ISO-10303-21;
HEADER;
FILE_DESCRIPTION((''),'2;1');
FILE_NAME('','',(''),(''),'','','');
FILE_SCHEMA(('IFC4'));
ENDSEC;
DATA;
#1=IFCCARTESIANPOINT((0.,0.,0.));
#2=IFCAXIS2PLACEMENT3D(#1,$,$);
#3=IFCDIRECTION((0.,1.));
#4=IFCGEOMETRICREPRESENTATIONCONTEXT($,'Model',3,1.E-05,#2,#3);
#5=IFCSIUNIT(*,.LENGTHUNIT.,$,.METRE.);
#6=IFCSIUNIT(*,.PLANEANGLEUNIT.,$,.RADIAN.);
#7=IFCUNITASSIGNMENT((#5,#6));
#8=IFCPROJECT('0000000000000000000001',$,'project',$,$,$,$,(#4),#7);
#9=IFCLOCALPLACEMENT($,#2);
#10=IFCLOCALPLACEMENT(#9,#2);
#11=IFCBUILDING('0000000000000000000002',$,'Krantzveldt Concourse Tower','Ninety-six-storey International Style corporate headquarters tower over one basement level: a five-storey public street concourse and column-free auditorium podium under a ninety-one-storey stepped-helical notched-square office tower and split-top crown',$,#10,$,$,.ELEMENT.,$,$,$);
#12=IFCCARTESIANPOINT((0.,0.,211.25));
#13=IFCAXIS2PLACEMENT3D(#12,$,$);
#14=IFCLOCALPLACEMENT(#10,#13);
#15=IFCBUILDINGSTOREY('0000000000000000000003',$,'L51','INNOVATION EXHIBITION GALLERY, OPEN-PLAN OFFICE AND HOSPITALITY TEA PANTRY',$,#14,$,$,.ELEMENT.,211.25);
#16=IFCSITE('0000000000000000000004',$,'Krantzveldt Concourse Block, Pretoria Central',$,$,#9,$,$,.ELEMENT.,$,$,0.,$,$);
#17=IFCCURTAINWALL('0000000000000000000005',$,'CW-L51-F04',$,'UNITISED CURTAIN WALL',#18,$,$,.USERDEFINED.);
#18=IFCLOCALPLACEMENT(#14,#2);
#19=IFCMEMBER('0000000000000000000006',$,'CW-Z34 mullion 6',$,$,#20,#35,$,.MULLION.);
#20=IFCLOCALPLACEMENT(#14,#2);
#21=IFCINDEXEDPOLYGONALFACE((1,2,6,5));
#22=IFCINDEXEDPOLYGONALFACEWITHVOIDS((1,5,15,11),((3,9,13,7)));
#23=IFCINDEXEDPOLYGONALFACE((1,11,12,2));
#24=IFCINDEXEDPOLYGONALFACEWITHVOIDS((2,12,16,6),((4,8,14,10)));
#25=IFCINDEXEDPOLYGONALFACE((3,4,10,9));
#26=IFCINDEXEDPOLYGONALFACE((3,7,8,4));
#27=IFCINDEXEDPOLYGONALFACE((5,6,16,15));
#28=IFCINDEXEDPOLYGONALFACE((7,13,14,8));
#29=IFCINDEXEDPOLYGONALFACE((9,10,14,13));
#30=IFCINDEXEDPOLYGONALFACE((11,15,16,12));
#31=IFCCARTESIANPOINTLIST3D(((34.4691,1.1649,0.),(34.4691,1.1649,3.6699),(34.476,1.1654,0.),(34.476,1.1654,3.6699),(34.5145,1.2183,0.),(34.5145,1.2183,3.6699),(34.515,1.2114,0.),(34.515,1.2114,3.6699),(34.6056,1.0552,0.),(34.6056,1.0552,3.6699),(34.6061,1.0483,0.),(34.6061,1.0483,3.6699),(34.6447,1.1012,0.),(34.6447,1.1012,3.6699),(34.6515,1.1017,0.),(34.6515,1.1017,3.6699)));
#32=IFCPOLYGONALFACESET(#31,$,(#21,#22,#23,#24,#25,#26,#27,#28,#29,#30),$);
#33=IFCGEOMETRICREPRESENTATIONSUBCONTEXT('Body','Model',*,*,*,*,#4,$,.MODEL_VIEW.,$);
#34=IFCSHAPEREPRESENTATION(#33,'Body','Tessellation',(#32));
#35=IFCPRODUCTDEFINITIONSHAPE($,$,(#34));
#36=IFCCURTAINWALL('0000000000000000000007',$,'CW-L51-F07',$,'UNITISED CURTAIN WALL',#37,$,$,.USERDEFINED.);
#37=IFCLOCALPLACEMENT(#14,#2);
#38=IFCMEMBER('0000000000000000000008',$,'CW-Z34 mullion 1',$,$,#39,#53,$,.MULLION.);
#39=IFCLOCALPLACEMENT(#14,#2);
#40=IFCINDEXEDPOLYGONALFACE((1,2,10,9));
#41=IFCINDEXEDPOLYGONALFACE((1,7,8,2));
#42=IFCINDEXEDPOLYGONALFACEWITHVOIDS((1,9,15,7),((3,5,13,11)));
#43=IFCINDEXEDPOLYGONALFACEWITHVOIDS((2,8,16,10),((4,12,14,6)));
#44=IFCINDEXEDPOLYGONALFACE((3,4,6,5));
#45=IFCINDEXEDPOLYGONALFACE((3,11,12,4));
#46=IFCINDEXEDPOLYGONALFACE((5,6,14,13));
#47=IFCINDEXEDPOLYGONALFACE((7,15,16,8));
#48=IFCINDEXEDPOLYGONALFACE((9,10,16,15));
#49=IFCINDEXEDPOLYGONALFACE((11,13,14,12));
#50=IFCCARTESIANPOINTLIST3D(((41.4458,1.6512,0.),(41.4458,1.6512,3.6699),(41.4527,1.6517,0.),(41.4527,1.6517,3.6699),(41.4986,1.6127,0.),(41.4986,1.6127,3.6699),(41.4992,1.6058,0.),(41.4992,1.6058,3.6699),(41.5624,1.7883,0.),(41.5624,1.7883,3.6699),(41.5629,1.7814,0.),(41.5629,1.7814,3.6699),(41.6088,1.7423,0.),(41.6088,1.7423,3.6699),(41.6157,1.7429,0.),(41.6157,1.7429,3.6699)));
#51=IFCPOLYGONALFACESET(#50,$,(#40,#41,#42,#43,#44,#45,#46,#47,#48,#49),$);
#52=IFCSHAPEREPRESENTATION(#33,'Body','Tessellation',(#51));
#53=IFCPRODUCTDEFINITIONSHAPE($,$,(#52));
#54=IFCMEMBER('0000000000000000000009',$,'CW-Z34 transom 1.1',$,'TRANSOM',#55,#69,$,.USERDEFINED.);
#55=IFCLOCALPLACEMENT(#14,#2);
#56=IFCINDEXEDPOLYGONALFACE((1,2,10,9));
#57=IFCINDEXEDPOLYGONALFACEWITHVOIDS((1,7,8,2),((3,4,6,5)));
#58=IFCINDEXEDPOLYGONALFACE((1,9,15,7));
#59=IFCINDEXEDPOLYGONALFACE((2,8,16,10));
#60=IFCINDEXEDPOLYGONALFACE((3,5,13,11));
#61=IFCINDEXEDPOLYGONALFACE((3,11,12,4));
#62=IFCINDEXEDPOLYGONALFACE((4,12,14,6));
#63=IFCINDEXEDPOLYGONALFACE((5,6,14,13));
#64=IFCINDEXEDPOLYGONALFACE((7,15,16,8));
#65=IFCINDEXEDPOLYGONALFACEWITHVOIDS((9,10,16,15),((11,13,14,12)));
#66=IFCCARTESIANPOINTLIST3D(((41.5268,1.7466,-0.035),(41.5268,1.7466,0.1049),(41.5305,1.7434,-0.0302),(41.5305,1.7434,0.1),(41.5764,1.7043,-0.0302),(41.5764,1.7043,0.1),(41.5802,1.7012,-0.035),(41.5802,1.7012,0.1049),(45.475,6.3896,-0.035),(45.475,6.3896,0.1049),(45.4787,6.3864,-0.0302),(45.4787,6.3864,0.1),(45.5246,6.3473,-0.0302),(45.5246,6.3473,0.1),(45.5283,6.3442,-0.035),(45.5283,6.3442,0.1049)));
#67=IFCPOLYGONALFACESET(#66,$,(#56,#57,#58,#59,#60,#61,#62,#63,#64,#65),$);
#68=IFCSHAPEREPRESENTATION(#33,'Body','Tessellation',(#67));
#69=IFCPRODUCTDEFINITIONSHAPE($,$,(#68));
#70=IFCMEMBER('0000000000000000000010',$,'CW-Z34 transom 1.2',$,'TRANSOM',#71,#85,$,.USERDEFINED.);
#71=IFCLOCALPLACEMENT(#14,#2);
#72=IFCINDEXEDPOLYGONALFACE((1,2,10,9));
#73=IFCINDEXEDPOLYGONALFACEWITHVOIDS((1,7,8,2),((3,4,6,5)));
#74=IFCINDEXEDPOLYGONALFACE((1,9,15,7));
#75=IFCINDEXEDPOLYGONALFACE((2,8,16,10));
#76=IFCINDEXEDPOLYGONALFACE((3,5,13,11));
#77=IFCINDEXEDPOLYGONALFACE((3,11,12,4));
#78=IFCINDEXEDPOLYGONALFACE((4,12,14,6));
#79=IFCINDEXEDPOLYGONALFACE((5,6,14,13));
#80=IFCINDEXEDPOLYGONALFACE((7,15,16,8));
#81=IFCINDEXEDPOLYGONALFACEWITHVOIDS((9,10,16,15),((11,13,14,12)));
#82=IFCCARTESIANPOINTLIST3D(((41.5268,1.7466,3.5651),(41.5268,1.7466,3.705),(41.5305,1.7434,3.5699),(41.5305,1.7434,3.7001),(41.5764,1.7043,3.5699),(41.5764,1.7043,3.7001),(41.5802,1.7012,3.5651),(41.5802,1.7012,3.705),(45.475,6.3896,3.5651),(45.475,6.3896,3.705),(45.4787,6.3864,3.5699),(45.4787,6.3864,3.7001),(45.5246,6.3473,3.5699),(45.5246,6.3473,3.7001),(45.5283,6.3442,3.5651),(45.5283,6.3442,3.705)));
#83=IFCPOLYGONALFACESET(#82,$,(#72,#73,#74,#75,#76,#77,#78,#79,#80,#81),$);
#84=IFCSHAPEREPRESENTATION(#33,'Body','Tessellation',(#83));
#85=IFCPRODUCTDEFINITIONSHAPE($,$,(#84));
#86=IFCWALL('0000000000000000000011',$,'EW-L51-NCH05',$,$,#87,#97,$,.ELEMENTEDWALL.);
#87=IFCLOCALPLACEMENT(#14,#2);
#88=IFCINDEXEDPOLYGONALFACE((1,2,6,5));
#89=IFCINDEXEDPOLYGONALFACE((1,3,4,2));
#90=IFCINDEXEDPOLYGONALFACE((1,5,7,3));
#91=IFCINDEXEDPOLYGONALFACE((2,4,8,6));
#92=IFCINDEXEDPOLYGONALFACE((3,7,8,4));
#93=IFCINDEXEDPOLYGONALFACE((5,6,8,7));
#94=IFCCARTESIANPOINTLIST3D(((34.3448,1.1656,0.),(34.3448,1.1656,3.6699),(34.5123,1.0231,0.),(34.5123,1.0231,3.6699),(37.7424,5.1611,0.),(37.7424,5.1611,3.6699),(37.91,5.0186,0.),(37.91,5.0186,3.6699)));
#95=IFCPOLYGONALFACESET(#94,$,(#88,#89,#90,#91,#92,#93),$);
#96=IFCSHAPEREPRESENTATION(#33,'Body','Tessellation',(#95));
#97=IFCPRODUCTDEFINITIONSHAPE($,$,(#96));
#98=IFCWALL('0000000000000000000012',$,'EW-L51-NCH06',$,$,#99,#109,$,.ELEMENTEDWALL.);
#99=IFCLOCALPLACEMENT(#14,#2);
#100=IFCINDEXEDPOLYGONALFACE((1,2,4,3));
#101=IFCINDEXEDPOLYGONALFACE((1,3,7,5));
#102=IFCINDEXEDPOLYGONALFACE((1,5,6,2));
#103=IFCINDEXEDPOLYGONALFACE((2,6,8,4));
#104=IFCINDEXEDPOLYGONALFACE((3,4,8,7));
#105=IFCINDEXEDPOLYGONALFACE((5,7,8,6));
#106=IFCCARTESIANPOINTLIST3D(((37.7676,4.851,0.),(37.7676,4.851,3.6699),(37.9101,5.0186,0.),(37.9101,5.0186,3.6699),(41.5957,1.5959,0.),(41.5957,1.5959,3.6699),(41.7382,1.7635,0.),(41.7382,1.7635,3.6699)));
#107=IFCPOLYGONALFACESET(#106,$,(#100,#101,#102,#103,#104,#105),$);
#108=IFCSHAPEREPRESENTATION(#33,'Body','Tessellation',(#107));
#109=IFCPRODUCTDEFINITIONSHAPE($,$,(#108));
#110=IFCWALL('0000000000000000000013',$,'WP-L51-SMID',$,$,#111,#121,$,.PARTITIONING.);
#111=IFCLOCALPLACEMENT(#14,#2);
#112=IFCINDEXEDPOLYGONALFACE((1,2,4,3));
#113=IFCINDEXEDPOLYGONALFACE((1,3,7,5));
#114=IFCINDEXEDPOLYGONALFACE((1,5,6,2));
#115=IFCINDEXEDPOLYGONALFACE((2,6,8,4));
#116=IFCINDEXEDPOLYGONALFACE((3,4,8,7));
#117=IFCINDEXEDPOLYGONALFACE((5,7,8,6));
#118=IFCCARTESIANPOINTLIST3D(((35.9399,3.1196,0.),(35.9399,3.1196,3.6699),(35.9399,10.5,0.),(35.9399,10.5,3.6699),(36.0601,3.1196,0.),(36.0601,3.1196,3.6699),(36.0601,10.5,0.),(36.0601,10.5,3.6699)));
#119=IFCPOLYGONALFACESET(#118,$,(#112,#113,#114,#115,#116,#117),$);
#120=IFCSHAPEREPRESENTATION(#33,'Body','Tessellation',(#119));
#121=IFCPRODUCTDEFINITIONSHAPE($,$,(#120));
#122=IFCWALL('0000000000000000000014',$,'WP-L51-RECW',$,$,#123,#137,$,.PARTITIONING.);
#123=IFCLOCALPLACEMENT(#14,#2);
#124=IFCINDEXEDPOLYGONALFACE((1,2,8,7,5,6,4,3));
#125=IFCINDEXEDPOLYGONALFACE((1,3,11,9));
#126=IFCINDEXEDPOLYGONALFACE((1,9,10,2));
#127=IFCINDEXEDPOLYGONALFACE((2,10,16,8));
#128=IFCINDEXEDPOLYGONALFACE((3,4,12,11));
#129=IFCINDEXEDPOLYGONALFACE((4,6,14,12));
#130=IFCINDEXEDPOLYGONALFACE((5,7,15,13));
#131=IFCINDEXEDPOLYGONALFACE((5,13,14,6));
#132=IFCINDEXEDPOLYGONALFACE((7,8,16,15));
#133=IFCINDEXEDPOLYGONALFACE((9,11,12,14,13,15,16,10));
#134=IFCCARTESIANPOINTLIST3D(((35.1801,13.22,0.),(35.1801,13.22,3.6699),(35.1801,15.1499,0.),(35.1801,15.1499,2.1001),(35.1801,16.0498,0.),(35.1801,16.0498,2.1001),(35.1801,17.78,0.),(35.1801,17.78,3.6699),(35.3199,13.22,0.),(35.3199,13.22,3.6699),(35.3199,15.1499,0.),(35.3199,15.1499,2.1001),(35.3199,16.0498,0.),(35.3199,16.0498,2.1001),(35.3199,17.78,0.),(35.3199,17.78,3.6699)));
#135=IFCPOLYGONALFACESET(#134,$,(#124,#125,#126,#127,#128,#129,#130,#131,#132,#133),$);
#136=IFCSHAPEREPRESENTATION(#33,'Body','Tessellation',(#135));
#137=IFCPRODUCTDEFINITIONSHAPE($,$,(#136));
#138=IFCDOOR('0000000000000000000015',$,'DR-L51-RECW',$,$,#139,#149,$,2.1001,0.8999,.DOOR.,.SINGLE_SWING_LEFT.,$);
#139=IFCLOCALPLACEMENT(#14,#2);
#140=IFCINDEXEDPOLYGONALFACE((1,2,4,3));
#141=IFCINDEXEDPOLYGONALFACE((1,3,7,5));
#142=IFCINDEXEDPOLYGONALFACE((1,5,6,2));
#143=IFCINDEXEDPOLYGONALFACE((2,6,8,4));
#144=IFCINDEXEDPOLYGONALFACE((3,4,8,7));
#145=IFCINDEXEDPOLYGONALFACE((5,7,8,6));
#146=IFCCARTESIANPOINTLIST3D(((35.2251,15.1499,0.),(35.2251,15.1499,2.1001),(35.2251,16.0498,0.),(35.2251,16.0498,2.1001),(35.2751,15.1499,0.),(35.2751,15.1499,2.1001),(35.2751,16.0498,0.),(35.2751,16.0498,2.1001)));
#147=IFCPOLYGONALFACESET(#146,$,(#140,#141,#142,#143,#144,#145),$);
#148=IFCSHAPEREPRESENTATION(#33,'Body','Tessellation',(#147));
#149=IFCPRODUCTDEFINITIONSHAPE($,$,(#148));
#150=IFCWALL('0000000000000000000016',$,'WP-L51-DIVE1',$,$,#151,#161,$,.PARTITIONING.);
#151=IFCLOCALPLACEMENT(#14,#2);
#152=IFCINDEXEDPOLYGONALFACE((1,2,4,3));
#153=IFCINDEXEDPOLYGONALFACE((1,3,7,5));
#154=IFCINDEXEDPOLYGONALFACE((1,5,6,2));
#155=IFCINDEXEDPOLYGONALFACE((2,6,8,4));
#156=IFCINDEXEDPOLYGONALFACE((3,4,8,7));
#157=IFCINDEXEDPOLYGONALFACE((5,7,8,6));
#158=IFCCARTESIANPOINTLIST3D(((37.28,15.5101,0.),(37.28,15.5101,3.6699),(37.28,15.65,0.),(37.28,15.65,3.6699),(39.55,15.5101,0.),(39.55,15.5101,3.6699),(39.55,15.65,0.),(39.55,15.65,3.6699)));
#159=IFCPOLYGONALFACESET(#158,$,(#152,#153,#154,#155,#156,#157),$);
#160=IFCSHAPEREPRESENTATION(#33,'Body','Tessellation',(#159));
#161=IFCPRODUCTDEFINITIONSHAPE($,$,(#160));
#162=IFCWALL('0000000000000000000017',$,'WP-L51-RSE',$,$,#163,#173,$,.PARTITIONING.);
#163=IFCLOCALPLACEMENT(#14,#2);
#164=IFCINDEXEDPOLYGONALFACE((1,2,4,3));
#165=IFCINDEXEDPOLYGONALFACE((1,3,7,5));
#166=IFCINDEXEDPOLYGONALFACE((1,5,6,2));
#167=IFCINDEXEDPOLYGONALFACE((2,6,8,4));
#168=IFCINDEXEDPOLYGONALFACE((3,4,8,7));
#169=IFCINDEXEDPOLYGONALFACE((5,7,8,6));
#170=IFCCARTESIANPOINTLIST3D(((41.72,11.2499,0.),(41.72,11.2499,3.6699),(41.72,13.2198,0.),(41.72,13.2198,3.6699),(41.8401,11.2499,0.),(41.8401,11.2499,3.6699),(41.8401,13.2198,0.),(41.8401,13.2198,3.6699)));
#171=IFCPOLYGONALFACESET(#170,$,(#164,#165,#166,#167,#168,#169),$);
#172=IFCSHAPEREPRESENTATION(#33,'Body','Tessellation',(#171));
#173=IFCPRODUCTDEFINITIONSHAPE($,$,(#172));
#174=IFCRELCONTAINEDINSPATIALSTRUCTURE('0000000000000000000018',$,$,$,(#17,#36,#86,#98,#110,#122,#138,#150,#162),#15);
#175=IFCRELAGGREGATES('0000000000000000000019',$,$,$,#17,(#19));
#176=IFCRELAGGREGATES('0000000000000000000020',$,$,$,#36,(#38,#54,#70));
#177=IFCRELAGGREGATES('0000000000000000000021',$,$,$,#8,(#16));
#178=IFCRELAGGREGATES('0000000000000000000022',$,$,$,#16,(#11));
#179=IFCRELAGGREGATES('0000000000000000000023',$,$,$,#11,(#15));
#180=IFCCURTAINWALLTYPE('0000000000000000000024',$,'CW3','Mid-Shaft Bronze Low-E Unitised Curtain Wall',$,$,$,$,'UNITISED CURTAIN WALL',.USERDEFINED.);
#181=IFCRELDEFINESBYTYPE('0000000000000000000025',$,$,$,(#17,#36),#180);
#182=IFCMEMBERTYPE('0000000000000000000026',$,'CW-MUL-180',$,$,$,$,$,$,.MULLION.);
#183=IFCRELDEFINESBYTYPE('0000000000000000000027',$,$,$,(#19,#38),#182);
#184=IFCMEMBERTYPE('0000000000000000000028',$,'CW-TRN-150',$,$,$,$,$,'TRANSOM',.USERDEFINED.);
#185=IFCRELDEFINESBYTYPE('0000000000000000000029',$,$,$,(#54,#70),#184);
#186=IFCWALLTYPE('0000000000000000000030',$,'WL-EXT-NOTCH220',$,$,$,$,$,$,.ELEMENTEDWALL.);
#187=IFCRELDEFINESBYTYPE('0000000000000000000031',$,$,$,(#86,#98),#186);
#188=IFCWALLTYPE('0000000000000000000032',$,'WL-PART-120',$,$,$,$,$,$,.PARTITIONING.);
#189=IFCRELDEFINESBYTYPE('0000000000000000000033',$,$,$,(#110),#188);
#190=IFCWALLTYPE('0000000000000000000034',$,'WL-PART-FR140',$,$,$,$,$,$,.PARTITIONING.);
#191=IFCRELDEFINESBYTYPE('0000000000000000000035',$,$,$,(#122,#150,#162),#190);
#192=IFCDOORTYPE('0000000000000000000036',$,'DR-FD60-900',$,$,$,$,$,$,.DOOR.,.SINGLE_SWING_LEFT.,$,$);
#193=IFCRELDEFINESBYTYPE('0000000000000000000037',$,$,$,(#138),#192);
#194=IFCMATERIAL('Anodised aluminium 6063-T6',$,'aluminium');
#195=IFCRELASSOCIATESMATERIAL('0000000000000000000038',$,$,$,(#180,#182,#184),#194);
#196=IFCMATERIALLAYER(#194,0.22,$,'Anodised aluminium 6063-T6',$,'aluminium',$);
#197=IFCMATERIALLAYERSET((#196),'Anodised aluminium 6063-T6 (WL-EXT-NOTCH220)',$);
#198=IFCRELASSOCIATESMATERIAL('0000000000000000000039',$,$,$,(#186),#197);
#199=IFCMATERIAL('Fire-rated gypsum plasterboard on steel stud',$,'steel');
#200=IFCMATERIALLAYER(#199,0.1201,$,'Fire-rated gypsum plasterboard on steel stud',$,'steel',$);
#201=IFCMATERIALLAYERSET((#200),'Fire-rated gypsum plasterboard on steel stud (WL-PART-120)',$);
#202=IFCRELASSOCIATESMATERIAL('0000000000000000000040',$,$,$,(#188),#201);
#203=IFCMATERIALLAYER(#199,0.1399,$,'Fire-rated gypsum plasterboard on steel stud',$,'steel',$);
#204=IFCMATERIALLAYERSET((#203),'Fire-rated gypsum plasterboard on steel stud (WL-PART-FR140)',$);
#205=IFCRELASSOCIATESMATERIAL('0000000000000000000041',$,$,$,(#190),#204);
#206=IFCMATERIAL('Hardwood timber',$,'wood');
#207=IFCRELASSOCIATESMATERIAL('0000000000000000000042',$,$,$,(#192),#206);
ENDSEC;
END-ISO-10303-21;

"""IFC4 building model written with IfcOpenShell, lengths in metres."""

from ifc_helpers import new_model, si_unit, direction, frame, frame_2d, origin, origin_2d, place, context, subcontext, project, spatial, rectangle, hollow_rectangle, extrude, source, transform, mapped, material, layer, layer_set, material_profile, profile_set, type_object, type_shapes, element, fill, aggregate, save


model = new_model("IFC4")

# Units and contexts
model_context = context("Model", 3, precision=1e-05, world=origin(), true_north=direction((0.0, 1.0)))
body_context = subcontext(model_context, "Body", "Model", "MODEL_VIEW")
ifc_project = project(units=[si_unit("LENGTHUNIT", "METRE"), si_unit("PLANEANGLEUNIT", "RADIAN")], contexts=[model_context])

# Site, building, storey
site_placement = place(None, origin())
site = spatial("IfcSite", under=ifc_project, at=site_placement, Name="Krantzveldt Concourse Block, Pretoria Central", CompositionType="ELEMENT", RefElevation=0.0)
building_placement = place(site_placement, origin())
building = spatial("IfcBuilding", under=site, at=building_placement, Name="Krantzveldt Concourse Tower", Description="Ninety-six-storey International Style corporate headquarters tower over one basement level: a five-storey public street concourse and column-free auditorium podium under a ninety-one-storey stepped-helical notched-square office tower and split-top crown", CompositionType="ELEMENT")
storey_placement = place(building_placement, frame((0.0, 0.0, 211.25)))
storey = spatial("IfcBuildingStorey", under=building, at=storey_placement, Name="L51", Description="INNOVATION EXHIBITION GALLERY, OPEN-PLAN OFFICE AND HOSPITALITY TEA PANTRY", CompositionType="ELEMENT", Elevation=211.25)

# Curtain wall, member
ifc_material_1 = material(Name="Anodised aluminium 6063-T6", Category="aluminium")
curtain_wall_type = type_object("IfcCurtainWallType", Name="CW3", Description="Mid-Shaft Bronze Low-E Unitised Curtain Wall", ElementType="UNITISED CURTAIN WALL", PredefinedType="USERDEFINED", material=ifc_material_1)
curtain_wall_1_placement = place(storey_placement, origin())
curtain_wall_1 = element("IfcCurtainWall", 1, at=curtain_wall_1_placement, inside=storey, type_object=curtain_wall_type, Name="CW-L51-F04", ObjectType="UNITISED CURTAIN WALL", PredefinedType="USERDEFINED")
ifc_material_profile_1 = material_profile(ifc_material_1, hollow_rectangle(XDim=0.0701, YDim=0.1799, WallThickness=0.0049, at=origin_2d()), Name="Anodised aluminium 6063-T6", Category="aluminium")
ifc_profile_set_1 = profile_set([ifc_material_profile_1], Name="Anodised aluminium 6063-T6 - ALU-MULL 180x70x5")
member_type_1 = type_object("IfcMemberType", Name="CW-MUL-180", PredefinedType="MULLION", material=ifc_profile_set_1)
shared_shape_1 = source(origin(), body_context, "Body", "SweptSolid", [
    extrude(hollow_rectangle(XDim=0.0701, YDim=0.1799, WallThickness=0.0049, at=origin_2d()), origin(), (0.0, 0.0, 1.0), 3.6699),
])
type_shapes(member_type_1, [shared_shape_1])
member_1_placement = place(storey_placement, frame((34.5603, 1.1333, 0.0), z_axis=(0.0, 0.0, 1.0), x_axis=(0.647788, 0.761821, 0.0)))
member_1 = element("IfcMember", 2, at=member_1_placement, type_object=member_type_1, Name="CW-Z34 mullion 6", PredefinedType="MULLION", context=body_context, shape_type="MappedRepresentation", body=[
    mapped(shared_shape_1, transform((0.0, 0.0, 0.0), x_axis=(1.0, 0.0, 0.0), y_axis=(0.0, 1.0, 0.0), z_axis=(0.0, 0.0, 1.0), scale=1.0)),
])
aggregate(curtain_wall_1, [member_1])

# Curtain wall, members
curtain_wall_2_placement = place(storey_placement, origin())
curtain_wall_2 = element("IfcCurtainWall", 3, at=curtain_wall_2_placement, inside=storey, type_object=curtain_wall_type, Name="CW-L51-F07", ObjectType="UNITISED CURTAIN WALL", PredefinedType="USERDEFINED")
member_2_placement = place(storey_placement, frame((41.5308, 1.697, 0.0), z_axis=(0.0, 0.0, 1.0), x_axis=(-0.761821, 0.647788, 0.0)))
member_2 = element("IfcMember", 4, at=member_2_placement, type_object=member_type_1, Name="CW-Z34 mullion 1", PredefinedType="MULLION", context=body_context, shape_type="MappedRepresentation", body=[
    mapped(shared_shape_1, transform((0.0, 0.0, 0.0), x_axis=(1.0, 0.0, 0.0), y_axis=(0.0, 1.0, 0.0), z_axis=(0.0, 0.0, 1.0), scale=1.0)),
])
ifc_material_profile_2 = material_profile(ifc_material_1, hollow_rectangle(XDim=0.0701, YDim=0.1399, WallThickness=0.0049, at=origin_2d()), Name="Anodised aluminium 6063-T6", Category="aluminium")
ifc_profile_set_2 = profile_set([ifc_material_profile_2], Name="Anodised aluminium 6063-T6 - ALU-TRAN 140x70x5")
member_type_2 = type_object("IfcMemberType", Name="CW-TRN-150", ElementType="TRANSOM", PredefinedType="USERDEFINED", material=ifc_profile_set_2)
shared_shape_2 = source(origin(), body_context, "Body", "SweptSolid", [
    extrude(hollow_rectangle(XDim=0.0701, YDim=0.1399, WallThickness=0.0049, at=origin_2d()), origin(), (0.0, 0.0, 1.0), 6.0947),
])
type_shapes(member_type_2, [shared_shape_2])
member_3_placement = place(storey_placement, frame((41.5535, 1.7239, 0.0349), z_axis=(0.647804, 0.761807, 0.0), x_axis=(-0.761807, 0.647804, 0.0)))
member_3 = element("IfcMember", 5, at=member_3_placement, type_object=member_type_2, Name="CW-Z34 transom 1.1", ObjectType="TRANSOM", PredefinedType="USERDEFINED", context=body_context, shape_type="MappedRepresentation", body=[
    mapped(shared_shape_2, transform((0.0, 0.0, 0.0), x_axis=(1.0, 0.0, 0.0), y_axis=(0.0, 1.0, 0.0), z_axis=(0.0, 0.0, 1.0), scale=1.0)),
])
member_4_placement = place(storey_placement, frame((41.5535, 1.7239, 3.635), z_axis=(0.647804, 0.761807, 0.0), x_axis=(-0.761807, 0.647804, 0.0)))
member_4 = element("IfcMember", 6, at=member_4_placement, type_object=member_type_2, Name="CW-Z34 transom 1.2", ObjectType="TRANSOM", PredefinedType="USERDEFINED", context=body_context, shape_type="MappedRepresentation", body=[
    mapped(shared_shape_2, transform((0.0, 0.0, 0.0), x_axis=(1.0, 0.0, 0.0), y_axis=(0.0, 1.0, 0.0), z_axis=(0.0, 0.0, 1.0), scale=1.0)),
])
aggregate(curtain_wall_2, [member_2, member_3, member_4])

# Walls
ifc_layer_1 = layer(ifc_material_1, 0.22, Name="Anodised aluminium 6063-T6", Category="aluminium")
ifc_layer_set_1 = layer_set([ifc_layer_1], Name="Anodised aluminium 6063-T6 (WL-EXT-NOTCH220)")
wall_type_1 = type_object("IfcWallType", Name="WL-EXT-NOTCH220", PredefinedType="ELEMENTEDWALL", material=ifc_layer_set_1)
wall_1_placement = place(storey_placement, frame((34.4285, 1.0942, 0.0), z_axis=(0.0, 0.0, 1.0), x_axis=(0.647808, 0.761804, 0.0)))
element("IfcWall", 7, at=wall_1_placement, inside=storey, type_object=wall_type_1, Name="EW-L51-NCH05", PredefinedType="ELEMENTEDWALL", context=body_context, shape_type="SweptSolid", body=[
    extrude(rectangle(XDim=5.2449, YDim=0.22, at=frame_2d((2.6226, 0.0))), origin(), (0.0, 0.0, 1.0), 3.6699),
])
wall_2_placement = place(storey_placement, frame((37.8389, 4.9348, 0.0), z_axis=(0.0, 0.0, 1.0), x_axis=(0.761819, -0.647789, 0.0)))
element("IfcWall", 8, at=wall_2_placement, inside=storey, type_object=wall_type_1, Name="EW-L51-NCH06", PredefinedType="ELEMENTEDWALL", context=body_context, shape_type="SweptSolid", body=[
    extrude(rectangle(XDim=5.0249, YDim=0.22, at=frame_2d((2.5125, 0.0))), origin(), (0.0, 0.0, 1.0), 3.6699),
])
ifc_material_2 = material(Name="Fire-rated gypsum plasterboard on steel stud", Category="steel")
ifc_layer_2 = layer(ifc_material_2, 0.1201, Name="Fire-rated gypsum plasterboard on steel stud", Category="steel")
ifc_layer_set_2 = layer_set([ifc_layer_2], Name="Fire-rated gypsum plasterboard on steel stud (WL-PART-120)")
wall_type_2 = type_object("IfcWallType", Name="WL-PART-120", PredefinedType="PARTITIONING", material=ifc_layer_set_2)
wall_3_placement = place(storey_placement, frame((36.0, 3.1196, 0.0), z_axis=(0.0, 0.0, 1.0), x_axis=(0.0, 1.0, 0.0)))
element("IfcWall", 9, at=wall_3_placement, inside=storey, type_object=wall_type_2, Name="WP-L51-SMID", PredefinedType="PARTITIONING", context=body_context, shape_type="SweptSolid", body=[
    extrude(rectangle(XDim=7.3804, YDim=0.1201, at=frame_2d((3.6902, 0.0))), origin(), (0.0, 0.0, 1.0), 3.6699),
])

# Wall, opening, door
ifc_layer_3 = layer(ifc_material_2, 0.1399, Name="Fire-rated gypsum plasterboard on steel stud", Category="steel")
ifc_layer_set_3 = layer_set([ifc_layer_3], Name="Fire-rated gypsum plasterboard on steel stud (WL-PART-FR140)")
wall_type_3 = type_object("IfcWallType", Name="WL-PART-FR140", PredefinedType="PARTITIONING", material=ifc_layer_set_3)
wall_4_placement = place(storey_placement, frame((35.25, 13.22, 0.0), z_axis=(0.0, 0.0, 1.0), x_axis=(0.0, 1.0, 0.0)))
wall_4 = element("IfcWall", 10, at=wall_4_placement, inside=storey, type_object=wall_type_3, Name="WP-L51-RECW", PredefinedType="PARTITIONING", context=body_context, shape_type="SweptSolid", body=[
    extrude(rectangle(XDim=4.5601, YDim=0.1399, at=frame_2d((2.28, 0.0))), origin(), (0.0, 0.0, 1.0), 3.6699),
])
opening_1_placement = place(wall_4_placement, frame((1.9299, 0.0, 0.0)))
opening_1 = element("IfcOpeningElement", 11, at=opening_1_placement, cuts=wall_4, PredefinedType="OPENING", context=body_context, shape_type="SweptSolid", body=[
    extrude(rectangle(XDim=0.8999, YDim=2.1001, at=frame_2d((0.45, 1.05))), frame((0.0, 0.0801, 0.0), z_axis=(0.0, -1.0, 0.0), x_axis=(1.0, 0.0, 0.0)), (0.0, 0.0, 1.0), 0.1599),
])
ifc_material_3 = material(Name="Hardwood timber", Category="wood")
door_type_1 = type_object("IfcDoorType", Name="DR-FD60-900", OperationType="SINGLE_SWING_LEFT", PredefinedType="DOOR", material=ifc_material_3)
door_1_placement = place(opening_1_placement, origin())
door_1 = element("IfcDoor", 12, at=door_1_placement, inside=storey, type_object=door_type_1, Name="DR-L51-RECW", OperationType="SINGLE_SWING_LEFT", OverallHeight=2.1001, OverallWidth=0.8999, PredefinedType="DOOR", context=body_context, shape_type="SweptSolid", body=[
    extrude(rectangle(XDim=0.8999, YDim=2.1001, at=frame_2d((0.45, 1.05))), frame((0.0, 0.0249, 0.0), z_axis=(0.0, -1.0, 0.0), x_axis=(1.0, 0.0, 0.0)), (0.0, 0.0, 1.0), 0.05),
])
fill(opening_1, door_1)

# Walls
wall_5_placement = place(storey_placement, frame((37.28, 15.5801, 0.0), z_axis=(0.0, 0.0, 1.0), x_axis=(1.0, 0.0, 0.0)))
element("IfcWall", 13, at=wall_5_placement, inside=storey, type_object=wall_type_3, Name="WP-L51-DIVE1", PredefinedType="PARTITIONING", context=body_context, shape_type="SweptSolid", body=[
    extrude(rectangle(XDim=2.27, YDim=0.1399, at=frame_2d((1.135, 0.0))), origin(), (0.0, 0.0, 1.0), 3.6699),
])
wall_6_placement = place(storey_placement, frame((41.78, 11.25, 0.0), z_axis=(0.0, 0.0, 1.0), x_axis=(0.0, 1.0, 0.0)))
element("IfcWall", 14, at=wall_6_placement, inside=storey, type_object=wall_type_3, Name="WP-L51-RSE", PredefinedType="PARTITIONING", context=body_context, shape_type="SweptSolid", body=[
    extrude(rectangle(XDim=1.97, YDim=0.1201, at=frame_2d((0.9849, 0.0))), origin(), (0.0, 0.0, 1.0), 3.6699),
])

save(model, "model.ifc")
